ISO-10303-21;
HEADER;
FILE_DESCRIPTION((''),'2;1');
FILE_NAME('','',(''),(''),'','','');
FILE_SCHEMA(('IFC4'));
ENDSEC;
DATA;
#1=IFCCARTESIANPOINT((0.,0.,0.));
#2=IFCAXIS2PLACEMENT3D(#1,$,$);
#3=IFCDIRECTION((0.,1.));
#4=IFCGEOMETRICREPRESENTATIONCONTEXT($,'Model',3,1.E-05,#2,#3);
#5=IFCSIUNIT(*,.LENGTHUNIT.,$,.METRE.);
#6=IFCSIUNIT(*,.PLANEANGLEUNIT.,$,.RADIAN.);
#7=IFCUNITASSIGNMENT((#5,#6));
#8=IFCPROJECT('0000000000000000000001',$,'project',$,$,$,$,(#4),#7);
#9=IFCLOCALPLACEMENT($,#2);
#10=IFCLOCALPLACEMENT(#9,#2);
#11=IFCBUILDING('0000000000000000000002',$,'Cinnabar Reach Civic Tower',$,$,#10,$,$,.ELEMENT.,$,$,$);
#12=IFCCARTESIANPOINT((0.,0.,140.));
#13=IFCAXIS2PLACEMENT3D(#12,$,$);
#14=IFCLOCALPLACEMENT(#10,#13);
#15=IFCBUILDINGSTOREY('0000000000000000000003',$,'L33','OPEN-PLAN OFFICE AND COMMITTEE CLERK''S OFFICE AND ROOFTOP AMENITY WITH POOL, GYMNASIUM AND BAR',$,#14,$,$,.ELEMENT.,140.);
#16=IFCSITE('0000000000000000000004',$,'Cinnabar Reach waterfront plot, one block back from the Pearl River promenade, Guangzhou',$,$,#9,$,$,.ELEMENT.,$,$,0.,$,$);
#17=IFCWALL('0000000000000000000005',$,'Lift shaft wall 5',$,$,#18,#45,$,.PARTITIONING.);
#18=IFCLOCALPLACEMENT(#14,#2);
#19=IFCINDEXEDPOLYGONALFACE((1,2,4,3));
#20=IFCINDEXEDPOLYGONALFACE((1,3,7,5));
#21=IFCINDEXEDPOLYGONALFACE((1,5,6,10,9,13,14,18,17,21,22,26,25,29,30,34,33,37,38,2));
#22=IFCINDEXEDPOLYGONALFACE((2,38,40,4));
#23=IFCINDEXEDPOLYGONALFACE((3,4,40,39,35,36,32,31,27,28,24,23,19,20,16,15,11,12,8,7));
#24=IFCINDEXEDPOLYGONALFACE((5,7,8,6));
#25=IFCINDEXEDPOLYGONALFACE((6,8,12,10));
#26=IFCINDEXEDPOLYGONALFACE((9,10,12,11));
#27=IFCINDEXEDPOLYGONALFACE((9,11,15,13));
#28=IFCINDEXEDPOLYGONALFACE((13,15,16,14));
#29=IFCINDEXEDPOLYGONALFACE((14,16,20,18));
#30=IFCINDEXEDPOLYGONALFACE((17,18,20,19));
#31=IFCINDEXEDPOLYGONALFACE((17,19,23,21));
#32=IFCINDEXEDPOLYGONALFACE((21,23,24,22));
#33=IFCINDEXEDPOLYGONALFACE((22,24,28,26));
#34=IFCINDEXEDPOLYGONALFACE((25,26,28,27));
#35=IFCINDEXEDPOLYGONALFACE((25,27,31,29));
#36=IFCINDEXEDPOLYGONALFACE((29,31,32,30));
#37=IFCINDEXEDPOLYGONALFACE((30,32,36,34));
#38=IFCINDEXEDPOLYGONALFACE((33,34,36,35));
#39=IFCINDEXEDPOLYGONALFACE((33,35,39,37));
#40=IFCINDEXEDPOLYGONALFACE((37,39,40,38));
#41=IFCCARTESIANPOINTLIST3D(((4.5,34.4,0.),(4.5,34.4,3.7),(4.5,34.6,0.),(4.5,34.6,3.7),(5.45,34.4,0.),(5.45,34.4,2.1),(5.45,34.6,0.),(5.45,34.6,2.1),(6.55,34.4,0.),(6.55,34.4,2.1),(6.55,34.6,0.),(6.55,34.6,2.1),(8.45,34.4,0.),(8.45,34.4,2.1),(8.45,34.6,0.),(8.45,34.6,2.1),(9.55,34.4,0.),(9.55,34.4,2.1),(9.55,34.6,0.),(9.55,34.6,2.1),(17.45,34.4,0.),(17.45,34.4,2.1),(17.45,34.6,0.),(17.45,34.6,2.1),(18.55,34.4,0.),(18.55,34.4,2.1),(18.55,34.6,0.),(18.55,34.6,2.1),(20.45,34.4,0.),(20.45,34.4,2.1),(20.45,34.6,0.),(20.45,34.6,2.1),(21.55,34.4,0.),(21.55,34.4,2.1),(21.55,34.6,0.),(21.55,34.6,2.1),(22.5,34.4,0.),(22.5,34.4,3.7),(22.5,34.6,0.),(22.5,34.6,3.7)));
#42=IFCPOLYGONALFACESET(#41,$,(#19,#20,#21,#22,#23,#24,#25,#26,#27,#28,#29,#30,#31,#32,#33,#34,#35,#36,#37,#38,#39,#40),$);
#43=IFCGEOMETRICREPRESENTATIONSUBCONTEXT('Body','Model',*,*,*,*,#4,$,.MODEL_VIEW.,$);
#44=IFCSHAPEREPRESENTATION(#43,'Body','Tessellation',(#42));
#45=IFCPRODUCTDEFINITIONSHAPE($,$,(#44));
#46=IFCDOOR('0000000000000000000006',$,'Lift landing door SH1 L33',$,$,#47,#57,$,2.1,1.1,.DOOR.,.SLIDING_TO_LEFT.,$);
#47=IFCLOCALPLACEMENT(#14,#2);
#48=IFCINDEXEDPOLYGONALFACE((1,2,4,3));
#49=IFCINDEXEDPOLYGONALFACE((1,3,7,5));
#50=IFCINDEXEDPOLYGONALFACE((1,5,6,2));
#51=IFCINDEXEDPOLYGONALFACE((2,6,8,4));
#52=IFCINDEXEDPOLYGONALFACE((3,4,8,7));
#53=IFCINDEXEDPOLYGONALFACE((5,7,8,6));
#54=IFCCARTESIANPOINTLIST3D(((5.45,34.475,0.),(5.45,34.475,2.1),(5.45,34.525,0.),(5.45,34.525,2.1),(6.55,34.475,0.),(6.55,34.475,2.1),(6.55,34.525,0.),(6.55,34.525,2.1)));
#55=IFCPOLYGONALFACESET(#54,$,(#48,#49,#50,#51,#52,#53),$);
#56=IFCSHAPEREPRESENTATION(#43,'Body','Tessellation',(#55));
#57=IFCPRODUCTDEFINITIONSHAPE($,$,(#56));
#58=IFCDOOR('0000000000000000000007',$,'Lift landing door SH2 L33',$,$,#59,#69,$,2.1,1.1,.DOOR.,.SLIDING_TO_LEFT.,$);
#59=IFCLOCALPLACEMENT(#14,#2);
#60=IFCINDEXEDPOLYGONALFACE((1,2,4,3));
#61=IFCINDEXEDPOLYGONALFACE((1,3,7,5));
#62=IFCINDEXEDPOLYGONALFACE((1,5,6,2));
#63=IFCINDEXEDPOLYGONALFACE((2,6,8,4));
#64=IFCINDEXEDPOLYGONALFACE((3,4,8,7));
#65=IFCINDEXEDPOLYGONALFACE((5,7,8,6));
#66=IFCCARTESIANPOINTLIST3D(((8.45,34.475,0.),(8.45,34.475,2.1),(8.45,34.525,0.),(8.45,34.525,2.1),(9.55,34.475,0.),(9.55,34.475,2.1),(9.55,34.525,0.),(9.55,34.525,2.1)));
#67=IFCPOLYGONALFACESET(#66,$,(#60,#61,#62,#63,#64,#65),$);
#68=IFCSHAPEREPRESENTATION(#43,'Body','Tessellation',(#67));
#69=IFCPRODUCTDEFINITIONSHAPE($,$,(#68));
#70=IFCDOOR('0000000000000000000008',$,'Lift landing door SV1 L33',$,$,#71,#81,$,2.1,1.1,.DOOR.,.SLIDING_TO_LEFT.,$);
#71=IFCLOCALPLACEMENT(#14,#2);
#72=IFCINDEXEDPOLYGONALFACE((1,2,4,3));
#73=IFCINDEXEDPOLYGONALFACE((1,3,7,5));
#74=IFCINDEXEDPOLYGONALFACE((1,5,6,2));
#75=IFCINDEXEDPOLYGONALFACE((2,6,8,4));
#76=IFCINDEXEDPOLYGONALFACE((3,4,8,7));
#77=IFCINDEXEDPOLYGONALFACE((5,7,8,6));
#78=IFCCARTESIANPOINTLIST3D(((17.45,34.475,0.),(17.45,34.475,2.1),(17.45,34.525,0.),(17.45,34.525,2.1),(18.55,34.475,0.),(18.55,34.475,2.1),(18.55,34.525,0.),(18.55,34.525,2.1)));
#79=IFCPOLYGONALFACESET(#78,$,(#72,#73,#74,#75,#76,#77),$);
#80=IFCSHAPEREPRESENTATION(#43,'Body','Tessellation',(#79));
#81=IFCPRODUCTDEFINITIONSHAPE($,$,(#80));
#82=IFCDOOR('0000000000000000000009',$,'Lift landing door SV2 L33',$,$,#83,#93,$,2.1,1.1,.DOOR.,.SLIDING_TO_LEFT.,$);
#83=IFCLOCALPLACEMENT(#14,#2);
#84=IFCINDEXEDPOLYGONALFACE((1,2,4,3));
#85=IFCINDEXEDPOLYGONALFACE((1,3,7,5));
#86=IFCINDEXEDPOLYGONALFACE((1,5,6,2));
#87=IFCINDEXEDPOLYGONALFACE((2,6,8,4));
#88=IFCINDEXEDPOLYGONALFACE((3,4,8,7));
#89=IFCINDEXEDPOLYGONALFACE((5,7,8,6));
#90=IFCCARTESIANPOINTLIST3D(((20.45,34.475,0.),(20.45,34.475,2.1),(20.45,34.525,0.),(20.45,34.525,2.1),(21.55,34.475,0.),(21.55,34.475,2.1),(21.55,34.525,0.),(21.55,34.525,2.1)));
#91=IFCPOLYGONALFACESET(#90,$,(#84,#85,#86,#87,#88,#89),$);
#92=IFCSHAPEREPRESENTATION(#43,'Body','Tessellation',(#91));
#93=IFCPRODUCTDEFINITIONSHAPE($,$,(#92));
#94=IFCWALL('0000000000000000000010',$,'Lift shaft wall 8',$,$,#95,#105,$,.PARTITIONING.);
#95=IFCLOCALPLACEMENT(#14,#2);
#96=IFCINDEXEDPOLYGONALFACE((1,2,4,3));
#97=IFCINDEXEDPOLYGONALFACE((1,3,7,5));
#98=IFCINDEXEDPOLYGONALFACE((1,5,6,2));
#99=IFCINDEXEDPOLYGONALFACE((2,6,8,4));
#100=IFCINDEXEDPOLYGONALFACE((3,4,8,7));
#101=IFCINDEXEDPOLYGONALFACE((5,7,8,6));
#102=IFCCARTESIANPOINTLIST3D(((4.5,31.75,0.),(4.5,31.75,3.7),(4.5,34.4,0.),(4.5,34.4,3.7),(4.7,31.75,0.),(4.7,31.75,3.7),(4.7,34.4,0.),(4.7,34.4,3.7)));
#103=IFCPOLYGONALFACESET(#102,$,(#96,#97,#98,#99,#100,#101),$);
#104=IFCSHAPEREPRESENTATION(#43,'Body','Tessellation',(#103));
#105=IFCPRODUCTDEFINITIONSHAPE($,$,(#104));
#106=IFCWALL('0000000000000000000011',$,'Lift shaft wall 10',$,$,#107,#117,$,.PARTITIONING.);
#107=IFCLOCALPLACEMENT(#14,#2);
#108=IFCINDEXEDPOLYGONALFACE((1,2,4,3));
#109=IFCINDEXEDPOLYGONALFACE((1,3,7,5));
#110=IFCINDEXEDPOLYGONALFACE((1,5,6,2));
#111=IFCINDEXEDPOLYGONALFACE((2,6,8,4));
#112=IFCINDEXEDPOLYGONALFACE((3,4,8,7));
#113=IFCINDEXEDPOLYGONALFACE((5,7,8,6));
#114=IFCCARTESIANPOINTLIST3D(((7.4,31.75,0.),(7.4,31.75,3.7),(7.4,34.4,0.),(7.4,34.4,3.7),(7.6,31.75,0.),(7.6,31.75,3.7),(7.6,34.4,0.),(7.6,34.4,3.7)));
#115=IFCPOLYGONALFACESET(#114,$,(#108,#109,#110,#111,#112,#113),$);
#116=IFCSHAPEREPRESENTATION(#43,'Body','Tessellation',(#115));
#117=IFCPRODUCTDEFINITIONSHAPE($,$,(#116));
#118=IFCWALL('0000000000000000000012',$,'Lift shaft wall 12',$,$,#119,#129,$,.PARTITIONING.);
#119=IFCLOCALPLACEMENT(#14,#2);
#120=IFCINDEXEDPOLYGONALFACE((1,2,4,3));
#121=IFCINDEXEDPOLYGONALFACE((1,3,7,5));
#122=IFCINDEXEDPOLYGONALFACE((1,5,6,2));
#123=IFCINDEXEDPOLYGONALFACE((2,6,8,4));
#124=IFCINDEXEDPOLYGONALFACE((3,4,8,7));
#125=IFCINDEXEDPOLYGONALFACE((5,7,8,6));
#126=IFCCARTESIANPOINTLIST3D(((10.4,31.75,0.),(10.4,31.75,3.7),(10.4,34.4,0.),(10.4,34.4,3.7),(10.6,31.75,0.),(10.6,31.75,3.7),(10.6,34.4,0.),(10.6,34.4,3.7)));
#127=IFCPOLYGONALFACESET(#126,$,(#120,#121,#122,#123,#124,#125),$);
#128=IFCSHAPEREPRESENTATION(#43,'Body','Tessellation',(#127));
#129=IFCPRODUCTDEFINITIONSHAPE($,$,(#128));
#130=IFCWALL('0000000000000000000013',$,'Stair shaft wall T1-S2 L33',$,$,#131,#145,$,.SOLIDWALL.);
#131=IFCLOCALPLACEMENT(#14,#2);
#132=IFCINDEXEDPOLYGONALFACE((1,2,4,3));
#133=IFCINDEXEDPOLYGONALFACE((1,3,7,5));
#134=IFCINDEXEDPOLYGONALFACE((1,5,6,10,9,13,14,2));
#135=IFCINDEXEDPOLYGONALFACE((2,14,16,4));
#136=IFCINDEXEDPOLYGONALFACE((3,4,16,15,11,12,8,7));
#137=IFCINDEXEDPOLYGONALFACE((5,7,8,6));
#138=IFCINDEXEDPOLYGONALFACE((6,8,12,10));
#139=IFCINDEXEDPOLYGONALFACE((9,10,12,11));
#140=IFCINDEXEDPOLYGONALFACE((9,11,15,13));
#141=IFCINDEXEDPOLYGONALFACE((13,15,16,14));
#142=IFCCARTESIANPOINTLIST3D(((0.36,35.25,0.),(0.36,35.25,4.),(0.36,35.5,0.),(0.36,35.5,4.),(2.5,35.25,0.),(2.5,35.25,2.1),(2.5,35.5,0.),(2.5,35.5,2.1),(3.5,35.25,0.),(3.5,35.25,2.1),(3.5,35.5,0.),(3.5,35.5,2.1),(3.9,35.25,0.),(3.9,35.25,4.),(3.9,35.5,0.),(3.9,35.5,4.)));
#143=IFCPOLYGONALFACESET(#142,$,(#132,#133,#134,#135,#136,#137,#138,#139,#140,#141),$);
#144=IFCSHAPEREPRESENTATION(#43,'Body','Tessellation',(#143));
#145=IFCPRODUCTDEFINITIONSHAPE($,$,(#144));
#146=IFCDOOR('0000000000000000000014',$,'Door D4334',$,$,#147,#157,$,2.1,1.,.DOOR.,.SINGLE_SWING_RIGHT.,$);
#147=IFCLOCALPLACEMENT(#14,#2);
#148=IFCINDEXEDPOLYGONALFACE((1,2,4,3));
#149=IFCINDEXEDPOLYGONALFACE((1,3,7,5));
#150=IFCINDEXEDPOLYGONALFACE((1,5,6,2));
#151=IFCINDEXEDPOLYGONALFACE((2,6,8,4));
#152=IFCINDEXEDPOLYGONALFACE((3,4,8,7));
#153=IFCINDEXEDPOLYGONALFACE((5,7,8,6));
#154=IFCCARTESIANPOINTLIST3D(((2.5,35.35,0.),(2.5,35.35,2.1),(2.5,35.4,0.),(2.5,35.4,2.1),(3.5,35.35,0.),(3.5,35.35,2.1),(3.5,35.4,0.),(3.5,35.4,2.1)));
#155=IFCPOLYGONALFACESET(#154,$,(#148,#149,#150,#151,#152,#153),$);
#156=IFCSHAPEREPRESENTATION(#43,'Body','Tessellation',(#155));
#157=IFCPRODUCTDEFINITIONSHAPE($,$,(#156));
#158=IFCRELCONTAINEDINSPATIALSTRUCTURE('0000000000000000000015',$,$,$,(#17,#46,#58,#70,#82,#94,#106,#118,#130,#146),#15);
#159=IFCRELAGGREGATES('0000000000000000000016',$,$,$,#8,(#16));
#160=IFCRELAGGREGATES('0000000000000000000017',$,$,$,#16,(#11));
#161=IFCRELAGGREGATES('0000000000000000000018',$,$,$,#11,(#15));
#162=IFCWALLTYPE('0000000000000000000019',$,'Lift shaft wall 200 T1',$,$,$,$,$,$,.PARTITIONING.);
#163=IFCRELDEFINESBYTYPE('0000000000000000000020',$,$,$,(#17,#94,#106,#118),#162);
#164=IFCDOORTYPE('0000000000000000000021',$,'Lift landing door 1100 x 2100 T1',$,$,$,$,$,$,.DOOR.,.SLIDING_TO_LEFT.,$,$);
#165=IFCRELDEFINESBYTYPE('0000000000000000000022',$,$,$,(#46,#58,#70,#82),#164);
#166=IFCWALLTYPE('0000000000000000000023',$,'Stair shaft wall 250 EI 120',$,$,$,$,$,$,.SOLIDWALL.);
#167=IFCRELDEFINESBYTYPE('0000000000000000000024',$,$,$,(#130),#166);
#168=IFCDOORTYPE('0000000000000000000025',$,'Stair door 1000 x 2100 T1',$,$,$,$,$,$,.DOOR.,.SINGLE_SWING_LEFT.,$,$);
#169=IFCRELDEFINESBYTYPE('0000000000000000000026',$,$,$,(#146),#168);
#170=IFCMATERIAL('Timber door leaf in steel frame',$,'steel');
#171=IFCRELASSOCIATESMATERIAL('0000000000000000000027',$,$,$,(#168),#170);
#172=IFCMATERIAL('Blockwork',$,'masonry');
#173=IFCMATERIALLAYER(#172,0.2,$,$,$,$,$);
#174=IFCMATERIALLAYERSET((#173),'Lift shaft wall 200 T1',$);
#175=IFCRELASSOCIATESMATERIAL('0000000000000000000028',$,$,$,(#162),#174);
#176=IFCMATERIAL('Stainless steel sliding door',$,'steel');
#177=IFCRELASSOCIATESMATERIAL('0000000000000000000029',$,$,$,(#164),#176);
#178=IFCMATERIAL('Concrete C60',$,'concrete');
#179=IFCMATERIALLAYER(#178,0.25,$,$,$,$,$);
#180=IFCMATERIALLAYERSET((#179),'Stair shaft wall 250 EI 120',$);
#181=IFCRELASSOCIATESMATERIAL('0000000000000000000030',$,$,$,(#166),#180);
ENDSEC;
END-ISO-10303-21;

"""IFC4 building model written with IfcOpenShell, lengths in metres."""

from ifc_helpers import new_model, si_unit, direction, frame, frame_2d, origin, place, context, subcontext, project, spatial, rectangle, extrude, material, layer, layer_set, type_object, element, fill, save


model = new_model("IFC4")

# Units and contexts
model_context = context("Model", 3, precision=1e-05, world=origin(), true_north=direction((0.0, 1.0)))
body_context = subcontext(model_context, "Body", "Model", "MODEL_VIEW")
ifc_project = project(units=[si_unit("LENGTHUNIT", "METRE"), si_unit("PLANEANGLEUNIT", "RADIAN")], contexts=[model_context])

# Site, building, storey
site_placement = place(None, origin())
site = spatial("IfcSite", under=ifc_project, at=site_placement, Name="Cinnabar Reach waterfront plot, one block back from the Pearl River promenade, Guangzhou", CompositionType="ELEMENT", RefElevation=0.0)
building_placement = place(site_placement, origin())
building = spatial("IfcBuilding", under=site, at=building_placement, Name="Cinnabar Reach Civic Tower", CompositionType="ELEMENT")
storey_placement = place(building_placement, frame((0.0, 0.0, 140.0)))
storey = spatial("IfcBuildingStorey", under=building, at=storey_placement, Name="L33", Description="OPEN-PLAN OFFICE AND COMMITTEE CLERK'S OFFICE AND ROOFTOP AMENITY WITH POOL, GYMNASIUM AND BAR", CompositionType="ELEMENT", Elevation=140.0)

# Shared definitions
ifc_material_1 = material(Name="Concrete C60", Category="concrete")

# Shared definitions
ifc_material_2 = material(Name="Timber door leaf in steel frame", Category="steel")
door_type_1 = type_object("IfcDoorType", Name="Stair door 1000 x 2100 T1", OperationType="SINGLE_SWING_LEFT", PredefinedType="DOOR", material=ifc_material_2)

# Wall, openings, doors
ifc_material_3 = material(Name="Blockwork", Category="masonry")
ifc_layer_1 = layer(ifc_material_3, 0.2)
ifc_layer_set_1 = layer_set([ifc_layer_1], Name="Lift shaft wall 200 T1")
wall_type_1 = type_object("IfcWallType", Name="Lift shaft wall 200 T1", PredefinedType="PARTITIONING", material=ifc_layer_set_1)
wall_1_placement = place(storey_placement, frame((4.5, 34.5, 0.0), z_axis=(0.0, 0.0, 1.0), x_axis=(1.0, 0.0, 0.0)))
wall_1 = element("IfcWall", 1, at=wall_1_placement, inside=storey, type_object=wall_type_1, Name="Lift shaft wall 5", PredefinedType="PARTITIONING", context=body_context, shape_type="SweptSolid", body=[
    extrude(rectangle(XDim=18.0, YDim=0.2, at=frame_2d((9.0, 0.0))), origin(), (0.0, 0.0, 1.0), 3.7),
])
opening_1_placement = place(wall_1_placement, frame((0.95, 0.0, 0.0)))
opening_1 = element("IfcOpeningElement", 2, at=opening_1_placement, cuts=wall_1, PredefinedType="OPENING", context=body_context, shape_type="SweptSolid", body=[
    extrude(rectangle(XDim=1.1, YDim=2.1, at=frame_2d((0.55, 1.05))), frame((0.0, 0.11, 0.0), z_axis=(0.0, -1.0, 0.0), x_axis=(1.0, 0.0, 0.0)), (0.0, 0.0, 1.0), 0.22),
])
opening_2_placement = place(wall_1_placement, frame((3.95, 0.0, 0.0)))
opening_2 = element("IfcOpeningElement", 3, at=opening_2_placement, cuts=wall_1, PredefinedType="OPENING", context=body_context, shape_type="SweptSolid", body=[
    extrude(rectangle(XDim=1.1, YDim=2.1, at=frame_2d((0.55, 1.05))), frame((0.0, 0.11, 0.0), z_axis=(0.0, -1.0, 0.0), x_axis=(1.0, 0.0, 0.0)), (0.0, 0.0, 1.0), 0.22),
])
opening_3_placement = place(wall_1_placement, frame((12.95, 0.0, 0.0)))
opening_3 = element("IfcOpeningElement", 4, at=opening_3_placement, cuts=wall_1, PredefinedType="OPENING", context=body_context, shape_type="SweptSolid", body=[
    extrude(rectangle(XDim=1.1, YDim=2.1, at=frame_2d((0.55, 1.05))), frame((0.0, 0.11, 0.0), z_axis=(0.0, -1.0, 0.0), x_axis=(1.0, 0.0, 0.0)), (0.0, 0.0, 1.0), 0.22),
])
opening_4_placement = place(wall_1_placement, frame((15.95, 0.0, 0.0)))
opening_4 = element("IfcOpeningElement", 5, at=opening_4_placement, cuts=wall_1, PredefinedType="OPENING", context=body_context, shape_type="SweptSolid", body=[
    extrude(rectangle(XDim=1.1, YDim=2.1, at=frame_2d((0.55, 1.05))), frame((0.0, 0.11, 0.0), z_axis=(0.0, -1.0, 0.0), x_axis=(1.0, 0.0, 0.0)), (0.0, 0.0, 1.0), 0.22),
])
ifc_material_4 = material(Name="Stainless steel sliding door", Category="steel")
door_type_2 = type_object("IfcDoorType", Name="Lift landing door 1100 x 2100 T1", OperationType="SLIDING_TO_LEFT", PredefinedType="DOOR", material=ifc_material_4)
door_1_placement = place(opening_1_placement, origin())
door_1 = element("IfcDoor", 6, at=door_1_placement, inside=storey, type_object=door_type_2, Name="Lift landing door SH1 L33", OperationType="SLIDING_TO_LEFT", OverallHeight=2.1, OverallWidth=1.1, PredefinedType="DOOR", context=body_context, shape_type="SweptSolid", body=[
    extrude(rectangle(XDim=1.1, YDim=2.1, at=frame_2d((0.55, 1.05))), frame((0.0, 0.025, 0.0), z_axis=(0.0, -1.0, 0.0), x_axis=(1.0, 0.0, 0.0)), (0.0, 0.0, 1.0), 0.05),
])
fill(opening_1, door_1)
door_2_placement = place(opening_2_placement, origin())
door_2 = element("IfcDoor", 7, at=door_2_placement, inside=storey, type_object=door_type_2, Name="Lift landing door SH2 L33", OperationType="SLIDING_TO_LEFT", OverallHeight=2.1, OverallWidth=1.1, PredefinedType="DOOR", context=body_context, shape_type="SweptSolid", body=[
    extrude(rectangle(XDim=1.1, YDim=2.1, at=frame_2d((0.55, 1.05))), frame((0.0, 0.025, 0.0), z_axis=(0.0, -1.0, 0.0), x_axis=(1.0, 0.0, 0.0)), (0.0, 0.0, 1.0), 0.05),
])
fill(opening_2, door_2)
door_3_placement = place(opening_3_placement, origin())
door_3 = element("IfcDoor", 8, at=door_3_placement, inside=storey, type_object=door_type_2, Name="Lift landing door SV1 L33", OperationType="SLIDING_TO_LEFT", OverallHeight=2.1, OverallWidth=1.1, PredefinedType="DOOR", context=body_context, shape_type="SweptSolid", body=[
    extrude(rectangle(XDim=1.1, YDim=2.1, at=frame_2d((0.55, 1.05))), frame((0.0, 0.025, 0.0), z_axis=(0.0, -1.0, 0.0), x_axis=(1.0, 0.0, 0.0)), (0.0, 0.0, 1.0), 0.05),
])
fill(opening_3, door_3)
door_4_placement = place(opening_4_placement, origin())
door_4 = element("IfcDoor", 9, at=door_4_placement, inside=storey, type_object=door_type_2, Name="Lift landing door SV2 L33", OperationType="SLIDING_TO_LEFT", OverallHeight=2.1, OverallWidth=1.1, PredefinedType="DOOR", context=body_context, shape_type="SweptSolid", body=[
    extrude(rectangle(XDim=1.1, YDim=2.1, at=frame_2d((0.55, 1.05))), frame((0.0, 0.025, 0.0), z_axis=(0.0, -1.0, 0.0), x_axis=(1.0, 0.0, 0.0)), (0.0, 0.0, 1.0), 0.05),
])
fill(opening_4, door_4)

# Walls
for number, where, z_axis, x_axis, name in (
    (10, (4.6, 31.75, 0.0), (0.0, 0.0, 1.0), (0.0, 1.0, 0.0), "Lift shaft wall 8"),
    (11, (7.5, 31.75, 0.0), (0.0, 0.0, 1.0), (0.0, 1.0, 0.0), "Lift shaft wall 10"),
    (12, (10.5, 31.75, 0.0), (0.0, 0.0, 1.0), (0.0, 1.0, 0.0), "Lift shaft wall 12"),
):
    element("IfcWall", number, at=place(storey_placement, frame(where, z_axis=z_axis, x_axis=x_axis)), inside=storey, type_object=wall_type_1, Name=name, PredefinedType="PARTITIONING", context=body_context, shape_type="SweptSolid", body=[
        extrude(rectangle(XDim=2.65, YDim=0.2, at=frame_2d((1.325, 0.0))), origin(), (0.0, 0.0, 1.0), 3.7),
    ])

# Wall, opening, door
ifc_layer_2 = layer(ifc_material_1, 0.25)
ifc_layer_set_2 = layer_set([ifc_layer_2], Name="Stair shaft wall 250 EI 120")
wall_type_2 = type_object("IfcWallType", Name="Stair shaft wall 250 EI 120", PredefinedType="SOLIDWALL", material=ifc_layer_set_2)
wall_2_placement = place(storey_placement, frame((0.36, 35.375, 0.0), z_axis=(0.0, 0.0, 1.0), x_axis=(1.0, 0.0, 0.0)))
wall_2 = element("IfcWall", 13, at=wall_2_placement, inside=storey, type_object=wall_type_2, Name="Stair shaft wall T1-S2 L33", PredefinedType="SOLIDWALL", context=body_context, shape_type="SweptSolid", body=[
    extrude(rectangle(XDim=3.54, YDim=0.25, at=frame_2d((1.77, 0.0))), origin(), (0.0, 0.0, 1.0), 4.0),
])
opening_5_placement = place(wall_2_placement, frame((2.14, 0.0, 0.0)))
opening_5 = element("IfcOpeningElement", 14, at=opening_5_placement, cuts=wall_2, PredefinedType="OPENING", context=body_context, shape_type="SweptSolid", body=[
    extrude(rectangle(XDim=1.0, YDim=2.1, at=frame_2d((0.5, 1.05))), frame((0.0, 0.135, 0.0), z_axis=(0.0, -1.0, 0.0), x_axis=(1.0, 0.0, 0.0)), (0.0, 0.0, 1.0), 0.27),
])
door_5_placement = place(opening_5_placement, origin())
door_5 = element("IfcDoor", 15, at=door_5_placement, inside=storey, type_object=door_type_1, Name="Door D4334", OperationType="SINGLE_SWING_RIGHT", OverallHeight=2.1, OverallWidth=1.0, PredefinedType="DOOR", context=body_context, shape_type="SweptSolid", body=[
    extrude(rectangle(XDim=1.0, YDim=2.1, at=frame_2d((0.5, 1.05))), frame((0.0, 0.025, 0.0), z_axis=(0.0, -1.0, 0.0), x_axis=(1.0, 0.0, 0.0)), (0.0, 0.0, 1.0), 0.05),
])
fill(opening_5, door_5)

save(model, "model.ifc")
